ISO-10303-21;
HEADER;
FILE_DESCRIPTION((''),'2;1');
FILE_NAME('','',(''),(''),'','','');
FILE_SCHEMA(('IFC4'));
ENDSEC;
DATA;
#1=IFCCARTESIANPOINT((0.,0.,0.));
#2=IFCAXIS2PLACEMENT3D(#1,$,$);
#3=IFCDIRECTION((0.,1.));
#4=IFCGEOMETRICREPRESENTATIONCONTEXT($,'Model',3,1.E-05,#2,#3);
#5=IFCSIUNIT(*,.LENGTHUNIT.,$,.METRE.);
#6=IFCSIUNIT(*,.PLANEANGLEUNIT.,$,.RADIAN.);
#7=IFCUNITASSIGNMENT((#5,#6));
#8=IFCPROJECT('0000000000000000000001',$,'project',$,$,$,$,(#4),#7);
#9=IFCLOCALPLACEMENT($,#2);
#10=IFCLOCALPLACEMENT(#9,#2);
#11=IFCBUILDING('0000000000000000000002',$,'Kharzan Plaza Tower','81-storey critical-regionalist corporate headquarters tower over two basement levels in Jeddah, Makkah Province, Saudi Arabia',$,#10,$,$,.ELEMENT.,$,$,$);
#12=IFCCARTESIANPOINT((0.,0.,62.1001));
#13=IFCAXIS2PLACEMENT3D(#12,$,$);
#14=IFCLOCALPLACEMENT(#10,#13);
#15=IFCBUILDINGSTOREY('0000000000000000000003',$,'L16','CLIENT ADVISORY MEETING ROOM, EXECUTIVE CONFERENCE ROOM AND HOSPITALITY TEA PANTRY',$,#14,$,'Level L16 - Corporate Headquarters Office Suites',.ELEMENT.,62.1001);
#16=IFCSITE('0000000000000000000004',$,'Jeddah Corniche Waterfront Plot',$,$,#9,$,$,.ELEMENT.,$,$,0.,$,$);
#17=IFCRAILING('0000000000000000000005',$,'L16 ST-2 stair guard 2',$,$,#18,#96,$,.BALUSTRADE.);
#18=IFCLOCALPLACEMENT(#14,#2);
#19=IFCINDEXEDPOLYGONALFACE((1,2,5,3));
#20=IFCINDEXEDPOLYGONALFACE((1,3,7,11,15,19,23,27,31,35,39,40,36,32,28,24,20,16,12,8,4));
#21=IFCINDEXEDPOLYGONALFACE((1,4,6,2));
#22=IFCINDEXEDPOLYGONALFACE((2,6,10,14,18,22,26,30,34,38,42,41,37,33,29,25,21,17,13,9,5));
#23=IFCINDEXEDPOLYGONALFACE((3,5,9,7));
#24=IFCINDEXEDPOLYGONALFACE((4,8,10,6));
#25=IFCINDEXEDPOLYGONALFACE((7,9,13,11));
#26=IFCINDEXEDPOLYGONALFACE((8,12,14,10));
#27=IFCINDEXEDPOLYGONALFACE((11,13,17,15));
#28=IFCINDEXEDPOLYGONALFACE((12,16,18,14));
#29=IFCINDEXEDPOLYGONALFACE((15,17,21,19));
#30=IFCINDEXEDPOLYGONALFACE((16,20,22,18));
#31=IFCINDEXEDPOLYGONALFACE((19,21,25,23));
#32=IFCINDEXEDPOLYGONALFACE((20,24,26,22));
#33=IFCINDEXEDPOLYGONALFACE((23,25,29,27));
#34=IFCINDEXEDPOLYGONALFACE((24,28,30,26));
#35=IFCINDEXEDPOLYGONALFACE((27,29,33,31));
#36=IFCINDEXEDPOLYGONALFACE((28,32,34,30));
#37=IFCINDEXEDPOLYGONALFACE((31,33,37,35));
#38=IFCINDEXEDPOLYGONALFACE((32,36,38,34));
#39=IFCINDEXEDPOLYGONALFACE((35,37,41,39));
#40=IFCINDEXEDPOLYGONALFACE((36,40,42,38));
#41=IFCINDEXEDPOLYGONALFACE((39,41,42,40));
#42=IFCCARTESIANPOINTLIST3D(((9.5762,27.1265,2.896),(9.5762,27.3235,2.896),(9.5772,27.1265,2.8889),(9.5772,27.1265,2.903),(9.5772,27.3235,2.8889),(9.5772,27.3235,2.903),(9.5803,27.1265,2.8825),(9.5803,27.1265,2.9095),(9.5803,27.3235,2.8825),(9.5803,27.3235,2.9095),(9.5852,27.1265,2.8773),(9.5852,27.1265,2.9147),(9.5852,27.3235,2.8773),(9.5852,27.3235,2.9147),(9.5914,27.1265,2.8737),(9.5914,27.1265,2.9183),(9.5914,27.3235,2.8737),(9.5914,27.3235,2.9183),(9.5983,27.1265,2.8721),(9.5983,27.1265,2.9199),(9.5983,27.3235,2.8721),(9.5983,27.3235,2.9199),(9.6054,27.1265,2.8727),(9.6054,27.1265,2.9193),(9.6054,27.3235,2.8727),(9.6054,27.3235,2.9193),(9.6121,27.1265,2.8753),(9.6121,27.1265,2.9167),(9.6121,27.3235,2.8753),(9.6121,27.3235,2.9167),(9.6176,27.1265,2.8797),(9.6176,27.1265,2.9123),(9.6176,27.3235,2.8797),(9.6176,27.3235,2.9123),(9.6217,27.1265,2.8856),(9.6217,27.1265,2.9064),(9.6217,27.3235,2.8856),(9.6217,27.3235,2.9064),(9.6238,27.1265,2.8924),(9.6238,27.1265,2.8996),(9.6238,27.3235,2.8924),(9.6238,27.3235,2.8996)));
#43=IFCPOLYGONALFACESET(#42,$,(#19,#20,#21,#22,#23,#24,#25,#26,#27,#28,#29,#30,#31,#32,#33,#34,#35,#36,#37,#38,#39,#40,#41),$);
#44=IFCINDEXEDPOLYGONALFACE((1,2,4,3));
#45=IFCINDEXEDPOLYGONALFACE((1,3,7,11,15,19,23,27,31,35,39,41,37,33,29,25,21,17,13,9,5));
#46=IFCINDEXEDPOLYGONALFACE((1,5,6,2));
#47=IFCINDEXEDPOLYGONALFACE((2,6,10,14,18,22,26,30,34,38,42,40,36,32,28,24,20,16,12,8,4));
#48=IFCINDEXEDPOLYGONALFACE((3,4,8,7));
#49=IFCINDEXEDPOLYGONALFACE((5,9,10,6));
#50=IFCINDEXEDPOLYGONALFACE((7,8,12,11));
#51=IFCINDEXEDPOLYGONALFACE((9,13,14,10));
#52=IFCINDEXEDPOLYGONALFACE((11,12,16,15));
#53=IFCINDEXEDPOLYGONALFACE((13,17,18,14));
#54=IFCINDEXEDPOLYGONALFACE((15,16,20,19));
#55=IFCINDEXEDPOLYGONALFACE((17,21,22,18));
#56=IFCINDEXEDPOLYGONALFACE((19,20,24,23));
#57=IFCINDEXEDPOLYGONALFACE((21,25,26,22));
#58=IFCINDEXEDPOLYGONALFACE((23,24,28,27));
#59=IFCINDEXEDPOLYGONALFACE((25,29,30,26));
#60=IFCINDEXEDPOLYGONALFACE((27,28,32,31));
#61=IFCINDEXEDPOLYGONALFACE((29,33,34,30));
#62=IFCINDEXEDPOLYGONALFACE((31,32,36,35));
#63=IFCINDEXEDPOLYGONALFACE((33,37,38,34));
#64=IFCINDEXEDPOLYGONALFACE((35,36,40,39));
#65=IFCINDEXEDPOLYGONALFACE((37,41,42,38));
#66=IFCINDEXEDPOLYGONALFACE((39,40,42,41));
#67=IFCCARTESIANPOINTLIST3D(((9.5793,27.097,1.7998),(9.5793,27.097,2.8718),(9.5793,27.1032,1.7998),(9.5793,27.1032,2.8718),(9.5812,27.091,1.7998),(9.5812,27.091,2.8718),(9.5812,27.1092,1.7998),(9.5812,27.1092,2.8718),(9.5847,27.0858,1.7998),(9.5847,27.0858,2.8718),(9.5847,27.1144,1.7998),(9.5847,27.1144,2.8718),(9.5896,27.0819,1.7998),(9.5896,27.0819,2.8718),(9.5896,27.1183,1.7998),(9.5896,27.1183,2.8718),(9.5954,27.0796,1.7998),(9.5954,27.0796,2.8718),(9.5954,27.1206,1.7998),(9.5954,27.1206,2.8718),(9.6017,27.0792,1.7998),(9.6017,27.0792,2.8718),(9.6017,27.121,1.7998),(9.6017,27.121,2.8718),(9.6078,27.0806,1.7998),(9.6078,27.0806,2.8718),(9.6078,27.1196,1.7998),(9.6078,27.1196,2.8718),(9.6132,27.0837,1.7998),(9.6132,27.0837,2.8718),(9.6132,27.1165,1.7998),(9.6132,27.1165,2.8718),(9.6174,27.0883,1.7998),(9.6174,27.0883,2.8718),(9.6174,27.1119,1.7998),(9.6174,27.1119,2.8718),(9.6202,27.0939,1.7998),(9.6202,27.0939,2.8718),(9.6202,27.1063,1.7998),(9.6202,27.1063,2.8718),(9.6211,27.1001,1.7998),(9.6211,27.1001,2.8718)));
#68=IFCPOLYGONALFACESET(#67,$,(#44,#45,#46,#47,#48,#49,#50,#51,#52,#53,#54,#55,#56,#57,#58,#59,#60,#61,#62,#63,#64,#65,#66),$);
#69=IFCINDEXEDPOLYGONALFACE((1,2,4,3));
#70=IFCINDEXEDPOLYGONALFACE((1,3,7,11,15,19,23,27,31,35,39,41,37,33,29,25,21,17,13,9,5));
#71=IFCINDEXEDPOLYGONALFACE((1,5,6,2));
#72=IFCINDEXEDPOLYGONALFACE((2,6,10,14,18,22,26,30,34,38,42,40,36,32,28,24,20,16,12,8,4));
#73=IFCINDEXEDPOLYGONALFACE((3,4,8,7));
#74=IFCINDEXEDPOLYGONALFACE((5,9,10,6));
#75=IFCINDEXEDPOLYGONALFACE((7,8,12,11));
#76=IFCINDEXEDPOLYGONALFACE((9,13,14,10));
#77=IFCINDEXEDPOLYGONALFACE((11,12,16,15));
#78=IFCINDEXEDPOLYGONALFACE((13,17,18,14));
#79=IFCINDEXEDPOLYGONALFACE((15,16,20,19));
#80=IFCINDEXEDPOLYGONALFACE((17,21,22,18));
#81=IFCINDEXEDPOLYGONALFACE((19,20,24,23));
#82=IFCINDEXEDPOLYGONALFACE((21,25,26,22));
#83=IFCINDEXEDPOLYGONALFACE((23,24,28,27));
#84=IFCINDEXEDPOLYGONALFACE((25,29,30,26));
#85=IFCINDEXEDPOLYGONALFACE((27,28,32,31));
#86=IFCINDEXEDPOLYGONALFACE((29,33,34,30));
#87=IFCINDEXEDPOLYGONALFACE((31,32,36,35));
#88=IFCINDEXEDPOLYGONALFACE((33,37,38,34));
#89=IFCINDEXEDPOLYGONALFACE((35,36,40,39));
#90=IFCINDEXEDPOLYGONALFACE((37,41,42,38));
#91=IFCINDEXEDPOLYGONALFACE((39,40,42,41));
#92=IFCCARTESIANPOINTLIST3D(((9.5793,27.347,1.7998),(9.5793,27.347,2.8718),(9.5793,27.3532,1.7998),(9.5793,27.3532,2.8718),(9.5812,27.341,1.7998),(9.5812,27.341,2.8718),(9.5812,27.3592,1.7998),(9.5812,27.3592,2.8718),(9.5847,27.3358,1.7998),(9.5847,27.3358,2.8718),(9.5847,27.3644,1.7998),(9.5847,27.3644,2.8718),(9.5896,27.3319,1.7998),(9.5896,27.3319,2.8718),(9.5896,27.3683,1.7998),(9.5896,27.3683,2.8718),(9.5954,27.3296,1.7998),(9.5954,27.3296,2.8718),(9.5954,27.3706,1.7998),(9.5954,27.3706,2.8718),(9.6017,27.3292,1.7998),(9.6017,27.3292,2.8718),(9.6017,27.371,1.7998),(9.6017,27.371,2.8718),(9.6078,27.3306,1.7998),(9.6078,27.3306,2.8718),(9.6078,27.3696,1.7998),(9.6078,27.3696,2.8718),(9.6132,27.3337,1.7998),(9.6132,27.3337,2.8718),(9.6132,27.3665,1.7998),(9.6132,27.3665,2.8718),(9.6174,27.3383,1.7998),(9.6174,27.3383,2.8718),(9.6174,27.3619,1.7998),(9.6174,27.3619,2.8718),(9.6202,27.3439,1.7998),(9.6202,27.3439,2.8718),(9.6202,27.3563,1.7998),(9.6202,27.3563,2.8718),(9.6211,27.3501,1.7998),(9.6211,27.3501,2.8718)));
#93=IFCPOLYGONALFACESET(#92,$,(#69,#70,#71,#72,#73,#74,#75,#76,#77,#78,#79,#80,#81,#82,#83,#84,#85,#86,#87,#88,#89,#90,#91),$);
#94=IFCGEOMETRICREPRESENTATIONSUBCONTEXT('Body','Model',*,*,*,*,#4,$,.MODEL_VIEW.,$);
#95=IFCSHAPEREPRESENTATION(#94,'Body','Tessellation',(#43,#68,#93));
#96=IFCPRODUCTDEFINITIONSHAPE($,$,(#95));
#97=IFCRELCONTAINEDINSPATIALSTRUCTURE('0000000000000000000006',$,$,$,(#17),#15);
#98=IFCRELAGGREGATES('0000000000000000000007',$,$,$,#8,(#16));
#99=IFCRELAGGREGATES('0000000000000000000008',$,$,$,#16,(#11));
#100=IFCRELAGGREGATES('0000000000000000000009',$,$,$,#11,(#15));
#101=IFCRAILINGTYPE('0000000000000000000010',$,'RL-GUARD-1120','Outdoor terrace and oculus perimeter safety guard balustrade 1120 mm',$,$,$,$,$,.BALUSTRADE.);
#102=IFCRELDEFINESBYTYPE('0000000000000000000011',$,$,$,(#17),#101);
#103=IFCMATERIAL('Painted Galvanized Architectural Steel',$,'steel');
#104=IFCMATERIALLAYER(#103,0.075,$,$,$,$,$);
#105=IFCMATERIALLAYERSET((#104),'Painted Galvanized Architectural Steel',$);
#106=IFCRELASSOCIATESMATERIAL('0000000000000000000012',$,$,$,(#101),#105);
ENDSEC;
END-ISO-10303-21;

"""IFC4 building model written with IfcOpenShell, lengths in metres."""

from ifc_helpers import new_model, si_unit, direction, frame, origin, origin_2d, place, context, subcontext, project, spatial, circle, extrude, source, transform, mapped, material, layer, layer_set, type_object, element, save


model = new_model("IFC4")

# Units and contexts
model_context = context("Model", 3, precision=1e-05, world=origin(), true_north=direction((0.0, 1.0)))
body_context = subcontext(model_context, "Body", "Model", "MODEL_VIEW")
ifc_project = project(units=[si_unit("LENGTHUNIT", "METRE"), si_unit("PLANEANGLEUNIT", "RADIAN")], contexts=[model_context])

# Site, building, storey
site_placement = place(None, origin())
site = spatial("IfcSite", under=ifc_project, at=site_placement, Name="Jeddah Corniche Waterfront Plot", CompositionType="ELEMENT", RefElevation=0.0)
building_placement = place(site_placement, origin())
building = spatial("IfcBuilding", under=site, at=building_placement, Name="Kharzan Plaza Tower", Description="81-storey critical-regionalist corporate headquarters tower over two basement levels in Jeddah, Makkah Province, Saudi Arabia", CompositionType="ELEMENT")
storey_placement = place(building_placement, frame((0.0, 0.0, 62.1001)))
storey = spatial("IfcBuildingStorey", under=building, at=storey_placement, Name="L16", Description="CLIENT ADVISORY MEETING ROOM, EXECUTIVE CONFERENCE ROOM AND HOSPITALITY TEA PANTRY", LongName="Level L16 - Corporate Headquarters Office Suites", CompositionType="ELEMENT", Elevation=62.1001)

# Railing
ifc_material_1 = material(Name="Painted Galvanized Architectural Steel", Category="steel")
ifc_layer_1 = layer(ifc_material_1, 0.075)
ifc_layer_set_1 = layer_set([ifc_layer_1], Name="Painted Galvanized Architectural Steel")
railing_type_1 = type_object("IfcRailingType", Name="RL-GUARD-1120", Description="Outdoor terrace and oculus perimeter safety guard balustrade 1120 mm", PredefinedType="BALUSTRADE", material=ifc_layer_set_1)
shared_shape_1 = source(origin(), body_context, "Body", "SweptSolid", [
    extrude(circle(Radius=0.0239, at=origin_2d()), frame((0.0, 0.0264, 1.0962), z_axis=(0.0, 1.0, 0.0), x_axis=(-1.0, 0.0, 0.0)), (0.0, 0.0, 1.0), 0.197),
    extrude(circle(Radius=0.021, at=origin_2d()), origin(), (0.0, 0.0, 1.0), 1.072),
    extrude(circle(Radius=0.021, at=origin_2d()), frame((0.0, 0.25, 0.0)), (0.0, 0.0, 1.0), 1.072),
])
railing_1_placement = place(storey_placement, frame((9.6001, 27.1001, 1.7998)))
element("IfcRailing", 1, at=railing_1_placement, inside=storey, type_object=railing_type_1, Name="L16 ST-2 stair guard 2", PredefinedType="BALUSTRADE", context=body_context, shape_type="MappedRepresentation", body=[
    mapped(shared_shape_1, transform((0.0, 0.0, 0.0), x_axis=(1.0, 0.0, 0.0), y_axis=(0.0, 1.0, 0.0), z_axis=(0.0, 0.0, 1.0))),
])

save(model, "model.ifc")
